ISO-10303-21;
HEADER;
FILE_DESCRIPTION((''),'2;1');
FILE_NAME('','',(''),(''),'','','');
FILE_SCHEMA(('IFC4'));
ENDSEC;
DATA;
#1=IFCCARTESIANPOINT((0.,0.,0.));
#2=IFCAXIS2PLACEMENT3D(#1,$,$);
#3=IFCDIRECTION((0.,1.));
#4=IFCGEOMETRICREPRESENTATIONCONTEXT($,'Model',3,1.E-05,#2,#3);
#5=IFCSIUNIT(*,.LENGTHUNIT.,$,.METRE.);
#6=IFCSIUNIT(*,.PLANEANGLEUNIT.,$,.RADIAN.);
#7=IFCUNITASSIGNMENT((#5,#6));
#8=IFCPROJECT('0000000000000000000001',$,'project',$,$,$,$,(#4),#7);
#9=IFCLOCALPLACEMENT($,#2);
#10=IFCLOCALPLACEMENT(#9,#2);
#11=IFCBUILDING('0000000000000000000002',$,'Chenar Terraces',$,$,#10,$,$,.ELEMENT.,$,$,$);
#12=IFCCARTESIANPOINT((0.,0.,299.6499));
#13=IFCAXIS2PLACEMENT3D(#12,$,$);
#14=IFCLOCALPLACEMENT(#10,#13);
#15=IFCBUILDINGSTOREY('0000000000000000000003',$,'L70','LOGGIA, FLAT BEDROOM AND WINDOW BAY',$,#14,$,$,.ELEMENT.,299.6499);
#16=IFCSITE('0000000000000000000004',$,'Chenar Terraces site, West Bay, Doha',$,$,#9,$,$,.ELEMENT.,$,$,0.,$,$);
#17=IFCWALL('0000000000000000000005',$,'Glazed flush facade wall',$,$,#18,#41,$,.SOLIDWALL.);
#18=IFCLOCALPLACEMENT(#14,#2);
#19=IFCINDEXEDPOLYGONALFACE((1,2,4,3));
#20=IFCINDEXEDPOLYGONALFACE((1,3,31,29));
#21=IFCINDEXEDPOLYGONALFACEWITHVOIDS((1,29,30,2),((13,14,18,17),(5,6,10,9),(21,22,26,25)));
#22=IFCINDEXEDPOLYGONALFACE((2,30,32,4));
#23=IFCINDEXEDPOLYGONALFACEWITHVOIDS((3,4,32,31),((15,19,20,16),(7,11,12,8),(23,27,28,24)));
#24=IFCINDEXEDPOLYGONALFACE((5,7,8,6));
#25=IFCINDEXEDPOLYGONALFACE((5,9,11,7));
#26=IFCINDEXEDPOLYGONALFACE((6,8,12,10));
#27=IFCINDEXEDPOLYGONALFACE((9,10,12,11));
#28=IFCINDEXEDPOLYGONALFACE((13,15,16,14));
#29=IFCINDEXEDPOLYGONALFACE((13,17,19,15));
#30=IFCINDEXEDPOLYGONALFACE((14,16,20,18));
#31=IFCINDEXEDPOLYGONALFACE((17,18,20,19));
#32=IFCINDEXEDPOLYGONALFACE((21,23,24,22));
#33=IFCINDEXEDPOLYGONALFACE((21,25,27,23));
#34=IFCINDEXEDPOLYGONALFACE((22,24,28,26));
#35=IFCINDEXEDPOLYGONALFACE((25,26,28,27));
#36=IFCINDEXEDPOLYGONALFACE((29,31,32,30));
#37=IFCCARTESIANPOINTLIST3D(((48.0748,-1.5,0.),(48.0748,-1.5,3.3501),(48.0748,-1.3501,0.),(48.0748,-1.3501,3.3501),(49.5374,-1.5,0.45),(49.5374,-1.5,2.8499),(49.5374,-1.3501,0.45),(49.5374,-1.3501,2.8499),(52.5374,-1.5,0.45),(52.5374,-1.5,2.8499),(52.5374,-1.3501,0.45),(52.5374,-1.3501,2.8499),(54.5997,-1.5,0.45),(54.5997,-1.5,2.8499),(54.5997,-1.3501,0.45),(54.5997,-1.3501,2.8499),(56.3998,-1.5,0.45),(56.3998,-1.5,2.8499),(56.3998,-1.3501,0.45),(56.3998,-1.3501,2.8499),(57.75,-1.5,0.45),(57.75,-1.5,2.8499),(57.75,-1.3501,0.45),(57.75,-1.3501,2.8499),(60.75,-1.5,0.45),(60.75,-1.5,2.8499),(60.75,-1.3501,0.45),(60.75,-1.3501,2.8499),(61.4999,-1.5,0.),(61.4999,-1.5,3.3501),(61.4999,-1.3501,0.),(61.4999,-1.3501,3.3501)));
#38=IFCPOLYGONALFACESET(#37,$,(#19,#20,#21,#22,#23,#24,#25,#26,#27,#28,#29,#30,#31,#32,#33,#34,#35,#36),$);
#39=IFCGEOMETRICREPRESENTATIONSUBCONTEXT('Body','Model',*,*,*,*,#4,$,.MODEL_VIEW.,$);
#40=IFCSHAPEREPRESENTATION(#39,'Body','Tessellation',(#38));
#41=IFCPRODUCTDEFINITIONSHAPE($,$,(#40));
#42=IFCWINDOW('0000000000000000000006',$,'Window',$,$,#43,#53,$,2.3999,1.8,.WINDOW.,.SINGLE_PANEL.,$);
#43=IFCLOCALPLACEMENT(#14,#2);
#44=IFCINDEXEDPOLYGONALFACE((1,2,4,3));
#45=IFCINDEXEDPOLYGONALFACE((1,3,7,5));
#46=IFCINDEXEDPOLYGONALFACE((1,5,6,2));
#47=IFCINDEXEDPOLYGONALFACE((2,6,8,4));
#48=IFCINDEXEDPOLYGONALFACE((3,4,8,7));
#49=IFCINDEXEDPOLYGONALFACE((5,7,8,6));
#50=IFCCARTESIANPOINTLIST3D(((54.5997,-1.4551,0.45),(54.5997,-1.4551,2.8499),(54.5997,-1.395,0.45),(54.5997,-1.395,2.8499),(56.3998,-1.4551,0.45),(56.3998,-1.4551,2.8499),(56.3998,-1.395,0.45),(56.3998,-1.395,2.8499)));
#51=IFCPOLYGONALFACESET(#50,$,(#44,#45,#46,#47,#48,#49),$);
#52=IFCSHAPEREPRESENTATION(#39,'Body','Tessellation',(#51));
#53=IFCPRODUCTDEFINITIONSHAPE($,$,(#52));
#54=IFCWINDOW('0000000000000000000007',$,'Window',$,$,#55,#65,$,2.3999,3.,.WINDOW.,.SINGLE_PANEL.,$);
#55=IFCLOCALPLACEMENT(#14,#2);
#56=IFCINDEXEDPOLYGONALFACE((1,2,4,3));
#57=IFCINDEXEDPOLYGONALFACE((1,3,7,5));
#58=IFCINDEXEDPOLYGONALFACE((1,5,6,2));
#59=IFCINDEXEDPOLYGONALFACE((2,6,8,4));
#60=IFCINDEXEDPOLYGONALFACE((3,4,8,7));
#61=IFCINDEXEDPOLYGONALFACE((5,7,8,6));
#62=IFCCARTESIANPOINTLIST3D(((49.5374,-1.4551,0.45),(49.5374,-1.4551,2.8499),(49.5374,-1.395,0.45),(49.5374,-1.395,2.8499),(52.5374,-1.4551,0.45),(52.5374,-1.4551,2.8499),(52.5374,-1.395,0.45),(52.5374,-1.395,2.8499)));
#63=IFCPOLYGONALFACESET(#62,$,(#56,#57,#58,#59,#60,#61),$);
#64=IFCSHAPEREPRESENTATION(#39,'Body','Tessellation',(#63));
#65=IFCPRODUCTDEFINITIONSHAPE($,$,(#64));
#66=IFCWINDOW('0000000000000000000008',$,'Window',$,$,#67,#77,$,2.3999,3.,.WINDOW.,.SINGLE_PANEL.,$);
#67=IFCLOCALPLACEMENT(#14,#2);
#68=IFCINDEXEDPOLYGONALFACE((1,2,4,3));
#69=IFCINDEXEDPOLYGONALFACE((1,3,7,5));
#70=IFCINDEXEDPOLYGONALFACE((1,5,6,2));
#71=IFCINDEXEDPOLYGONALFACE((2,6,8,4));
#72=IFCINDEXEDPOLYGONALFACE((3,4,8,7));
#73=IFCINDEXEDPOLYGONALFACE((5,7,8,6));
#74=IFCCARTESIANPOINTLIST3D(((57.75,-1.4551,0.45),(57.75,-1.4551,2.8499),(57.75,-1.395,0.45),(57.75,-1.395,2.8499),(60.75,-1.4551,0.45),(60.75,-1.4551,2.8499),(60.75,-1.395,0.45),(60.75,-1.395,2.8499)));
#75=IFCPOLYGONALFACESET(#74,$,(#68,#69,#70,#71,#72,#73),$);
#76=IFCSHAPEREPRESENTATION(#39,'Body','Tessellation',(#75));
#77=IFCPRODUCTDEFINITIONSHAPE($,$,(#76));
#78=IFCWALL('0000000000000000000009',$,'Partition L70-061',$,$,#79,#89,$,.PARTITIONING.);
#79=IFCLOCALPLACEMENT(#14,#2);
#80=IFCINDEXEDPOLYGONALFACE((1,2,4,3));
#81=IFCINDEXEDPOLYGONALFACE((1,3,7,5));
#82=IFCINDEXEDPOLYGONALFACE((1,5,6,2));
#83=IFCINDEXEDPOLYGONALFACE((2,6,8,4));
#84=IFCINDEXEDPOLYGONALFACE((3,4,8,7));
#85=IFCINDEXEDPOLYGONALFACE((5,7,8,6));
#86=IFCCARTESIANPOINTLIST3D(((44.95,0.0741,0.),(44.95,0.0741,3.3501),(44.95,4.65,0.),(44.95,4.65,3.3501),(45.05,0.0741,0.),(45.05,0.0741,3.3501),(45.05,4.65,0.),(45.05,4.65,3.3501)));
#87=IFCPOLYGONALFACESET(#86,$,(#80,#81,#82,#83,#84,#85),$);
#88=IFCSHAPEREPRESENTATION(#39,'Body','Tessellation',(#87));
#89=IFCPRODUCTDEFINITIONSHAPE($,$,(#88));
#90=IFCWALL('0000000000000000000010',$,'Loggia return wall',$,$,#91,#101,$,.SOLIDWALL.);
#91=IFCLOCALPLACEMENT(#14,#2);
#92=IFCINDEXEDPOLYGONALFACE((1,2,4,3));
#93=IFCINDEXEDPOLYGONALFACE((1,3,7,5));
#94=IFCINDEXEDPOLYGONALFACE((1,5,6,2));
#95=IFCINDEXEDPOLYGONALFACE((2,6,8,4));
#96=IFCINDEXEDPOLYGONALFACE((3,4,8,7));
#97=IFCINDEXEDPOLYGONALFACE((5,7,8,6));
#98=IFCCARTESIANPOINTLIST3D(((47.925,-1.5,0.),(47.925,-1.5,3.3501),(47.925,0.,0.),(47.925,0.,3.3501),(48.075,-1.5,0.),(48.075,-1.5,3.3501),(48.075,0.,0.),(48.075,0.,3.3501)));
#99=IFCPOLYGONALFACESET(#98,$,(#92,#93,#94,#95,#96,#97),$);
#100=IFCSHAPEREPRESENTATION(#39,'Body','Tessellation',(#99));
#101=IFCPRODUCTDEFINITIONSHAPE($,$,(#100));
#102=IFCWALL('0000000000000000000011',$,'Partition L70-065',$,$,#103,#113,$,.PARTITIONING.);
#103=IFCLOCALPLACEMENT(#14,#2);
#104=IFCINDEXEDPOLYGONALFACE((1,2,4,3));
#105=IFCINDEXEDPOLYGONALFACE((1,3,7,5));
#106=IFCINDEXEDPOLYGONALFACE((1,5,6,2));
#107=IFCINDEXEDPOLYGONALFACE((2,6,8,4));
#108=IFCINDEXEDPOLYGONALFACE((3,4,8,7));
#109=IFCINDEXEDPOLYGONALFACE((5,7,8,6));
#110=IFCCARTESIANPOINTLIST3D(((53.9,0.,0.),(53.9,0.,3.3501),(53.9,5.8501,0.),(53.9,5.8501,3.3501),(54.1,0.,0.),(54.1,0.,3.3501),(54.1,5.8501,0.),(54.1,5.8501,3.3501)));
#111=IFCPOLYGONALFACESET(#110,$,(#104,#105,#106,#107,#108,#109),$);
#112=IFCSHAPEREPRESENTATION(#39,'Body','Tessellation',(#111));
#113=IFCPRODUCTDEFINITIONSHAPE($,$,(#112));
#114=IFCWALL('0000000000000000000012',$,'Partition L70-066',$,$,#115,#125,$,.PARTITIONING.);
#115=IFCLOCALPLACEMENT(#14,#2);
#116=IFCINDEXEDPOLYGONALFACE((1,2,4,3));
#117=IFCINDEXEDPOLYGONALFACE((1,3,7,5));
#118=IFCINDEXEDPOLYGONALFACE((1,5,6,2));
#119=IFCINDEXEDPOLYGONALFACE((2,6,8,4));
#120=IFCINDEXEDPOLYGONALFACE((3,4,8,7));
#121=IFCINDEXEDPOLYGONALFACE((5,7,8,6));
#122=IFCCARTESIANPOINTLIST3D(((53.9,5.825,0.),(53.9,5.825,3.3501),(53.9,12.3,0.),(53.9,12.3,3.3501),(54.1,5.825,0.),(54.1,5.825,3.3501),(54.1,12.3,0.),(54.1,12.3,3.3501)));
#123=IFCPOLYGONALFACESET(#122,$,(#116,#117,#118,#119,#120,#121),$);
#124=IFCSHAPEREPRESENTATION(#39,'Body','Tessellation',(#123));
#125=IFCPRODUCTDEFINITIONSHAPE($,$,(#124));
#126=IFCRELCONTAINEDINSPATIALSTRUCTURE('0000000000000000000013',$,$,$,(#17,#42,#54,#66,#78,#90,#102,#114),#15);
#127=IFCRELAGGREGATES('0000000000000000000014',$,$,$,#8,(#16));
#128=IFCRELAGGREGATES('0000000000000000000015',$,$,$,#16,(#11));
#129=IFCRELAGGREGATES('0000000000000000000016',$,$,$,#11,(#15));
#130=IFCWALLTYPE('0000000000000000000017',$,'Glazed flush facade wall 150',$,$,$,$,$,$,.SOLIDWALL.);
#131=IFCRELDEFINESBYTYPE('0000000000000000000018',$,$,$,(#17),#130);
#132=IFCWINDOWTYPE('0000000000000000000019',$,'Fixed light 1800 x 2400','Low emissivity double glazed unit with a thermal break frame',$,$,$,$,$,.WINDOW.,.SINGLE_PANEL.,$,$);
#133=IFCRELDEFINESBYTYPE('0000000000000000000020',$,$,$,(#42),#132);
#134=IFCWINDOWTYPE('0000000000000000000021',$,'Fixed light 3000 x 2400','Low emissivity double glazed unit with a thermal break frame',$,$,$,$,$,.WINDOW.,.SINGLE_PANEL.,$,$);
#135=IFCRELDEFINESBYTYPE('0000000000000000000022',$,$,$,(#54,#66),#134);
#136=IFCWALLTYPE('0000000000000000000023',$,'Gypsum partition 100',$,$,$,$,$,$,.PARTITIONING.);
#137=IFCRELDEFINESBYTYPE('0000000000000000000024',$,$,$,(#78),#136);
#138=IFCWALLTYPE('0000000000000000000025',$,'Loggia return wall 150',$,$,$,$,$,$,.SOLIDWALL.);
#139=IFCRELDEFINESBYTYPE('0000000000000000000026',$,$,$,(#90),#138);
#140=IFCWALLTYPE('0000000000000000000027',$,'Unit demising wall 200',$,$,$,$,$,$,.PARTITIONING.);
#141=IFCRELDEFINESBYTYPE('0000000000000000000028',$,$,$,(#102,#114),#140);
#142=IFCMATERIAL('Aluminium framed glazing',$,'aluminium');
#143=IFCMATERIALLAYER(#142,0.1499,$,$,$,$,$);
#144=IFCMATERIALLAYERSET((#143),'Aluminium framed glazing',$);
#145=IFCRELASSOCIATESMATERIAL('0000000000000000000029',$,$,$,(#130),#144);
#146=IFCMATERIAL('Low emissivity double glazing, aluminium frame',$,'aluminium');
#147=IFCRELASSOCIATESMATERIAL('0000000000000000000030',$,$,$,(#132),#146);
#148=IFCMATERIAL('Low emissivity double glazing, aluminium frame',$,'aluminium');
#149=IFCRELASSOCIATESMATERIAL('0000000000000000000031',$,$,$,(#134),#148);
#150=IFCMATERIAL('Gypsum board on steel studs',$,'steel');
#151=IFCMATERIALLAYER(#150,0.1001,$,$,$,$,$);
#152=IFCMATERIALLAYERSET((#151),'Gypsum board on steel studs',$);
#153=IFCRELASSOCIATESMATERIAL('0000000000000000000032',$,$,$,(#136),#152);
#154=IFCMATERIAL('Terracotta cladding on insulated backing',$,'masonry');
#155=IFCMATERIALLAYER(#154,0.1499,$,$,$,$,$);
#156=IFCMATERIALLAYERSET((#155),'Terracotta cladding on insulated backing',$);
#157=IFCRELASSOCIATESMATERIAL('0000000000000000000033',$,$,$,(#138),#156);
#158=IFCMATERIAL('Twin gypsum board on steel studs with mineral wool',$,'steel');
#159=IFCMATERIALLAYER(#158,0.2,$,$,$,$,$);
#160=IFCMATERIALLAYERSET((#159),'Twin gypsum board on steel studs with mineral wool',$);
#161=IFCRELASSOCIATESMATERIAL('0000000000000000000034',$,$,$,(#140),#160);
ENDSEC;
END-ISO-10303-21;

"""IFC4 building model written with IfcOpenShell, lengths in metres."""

from ifc_helpers import new_model, si_unit, direction, frame, frame_2d, origin, place, context, subcontext, project, spatial, rectangle, extrude, material, layer, layer_set, type_object, element, fill, save


model = new_model("IFC4")

# Units and contexts
model_context = context("Model", 3, precision=1e-05, world=origin(), true_north=direction((0.0, 1.0)))
body_context = subcontext(model_context, "Body", "Model", "MODEL_VIEW")
ifc_project = project(units=[si_unit("LENGTHUNIT", "METRE"), si_unit("PLANEANGLEUNIT", "RADIAN")], contexts=[model_context])

# Site, building, storey
site_placement = place(None, origin())
site = spatial("IfcSite", under=ifc_project, at=site_placement, Name="Chenar Terraces site, West Bay, Doha", CompositionType="ELEMENT", RefElevation=0.0)
building_placement = place(site_placement, origin())
building = spatial("IfcBuilding", under=site, at=building_placement, Name="Chenar Terraces", CompositionType="ELEMENT")
storey_placement = place(building_placement, frame((0.0, 0.0, 299.6499)))
storey = spatial("IfcBuildingStorey", under=building, at=storey_placement, Name="L70", Description="LOGGIA, FLAT BEDROOM AND WINDOW BAY", CompositionType="ELEMENT", Elevation=299.6499)

# Wall, openings, windows
ifc_material_1 = material(Name="Aluminium framed glazing", Category="aluminium")
ifc_layer_1 = layer(ifc_material_1, 0.1499)
ifc_layer_set_1 = layer_set([ifc_layer_1], Name="Aluminium framed glazing")
wall_type_1 = type_object("IfcWallType", Name="Glazed flush facade wall 150", PredefinedType="SOLIDWALL", material=ifc_layer_set_1)
wall_1_placement = place(storey_placement, frame((48.075, -1.425, 0.0), z_axis=(0.0, 0.0, 1.0), x_axis=(1.0, 0.0, 0.0)))
wall_1 = element("IfcWall", 1, at=wall_1_placement, inside=storey, type_object=wall_type_1, Name="Glazed flush facade wall", PredefinedType="SOLIDWALL", context=body_context, shape_type="SweptSolid", body=[
    extrude(rectangle(XDim=13.425, YDim=0.1499, at=frame_2d((6.7124, 0.0))), origin(), (0.0, 0.0, 1.0), 3.3501),
])
opening_1_placement = place(wall_1_placement, frame((1.4624, 0.0, 0.45)))
opening_1 = element("IfcOpeningElement", 2, at=opening_1_placement, cuts=wall_1, PredefinedType="OPENING", context=body_context, shape_type="SweptSolid", body=[
    extrude(rectangle(XDim=3.0, YDim=2.3999, at=frame_2d((1.5, 1.2))), frame((0.0, 0.085, 0.0), z_axis=(0.0, -1.0, 0.0), x_axis=(1.0, 0.0, 0.0)), (0.0, 0.0, 1.0), 0.1699),
])
opening_2_placement = place(wall_1_placement, frame((6.5249, 0.0, 0.45)))
opening_2 = element("IfcOpeningElement", 3, at=opening_2_placement, cuts=wall_1, PredefinedType="OPENING", context=body_context, shape_type="SweptSolid", body=[
    extrude(rectangle(XDim=1.8, YDim=2.3999, at=frame_2d((0.8999, 1.2))), frame((0.0, 0.085, 0.0), z_axis=(0.0, -1.0, 0.0), x_axis=(1.0, 0.0, 0.0)), (0.0, 0.0, 1.0), 0.1699),
])
opening_3_placement = place(wall_1_placement, frame((9.675, 0.0, 0.45)))
opening_3 = element("IfcOpeningElement", 4, at=opening_3_placement, cuts=wall_1, PredefinedType="OPENING", context=body_context, shape_type="SweptSolid", body=[
    extrude(rectangle(XDim=3.0, YDim=2.3999, at=frame_2d((1.5, 1.2))), frame((0.0, 0.085, 0.0), z_axis=(0.0, -1.0, 0.0), x_axis=(1.0, 0.0, 0.0)), (0.0, 0.0, 1.0), 0.1699),
])
ifc_material_2 = material(Name="Low emissivity double glazing, aluminium frame", Category="aluminium")
window_type_1 = type_object("IfcWindowType", Name="Fixed light 1800 x 2400", Description="Low emissivity double glazed unit with a thermal break frame", PartitioningType="SINGLE_PANEL", PredefinedType="WINDOW", material=ifc_material_2)
window_1_placement = place(opening_2_placement, origin())
window_1 = element("IfcWindow", 5, at=window_1_placement, inside=storey, type_object=window_type_1, Name="Window", OverallHeight=2.3999, OverallWidth=1.8, PartitioningType="SINGLE_PANEL", PredefinedType="WINDOW", context=body_context, shape_type="SweptSolid", body=[
    extrude(rectangle(XDim=1.8, YDim=2.3999, at=frame_2d((0.8999, 1.2))), frame((0.0, 0.03, 0.0), z_axis=(0.0, -1.0, 0.0), x_axis=(1.0, 0.0, 0.0)), (0.0, 0.0, 1.0), 0.0601),
])
fill(opening_2, window_1)
ifc_material_3 = material(Name="Low emissivity double glazing, aluminium frame", Category="aluminium")
window_type_2 = type_object("IfcWindowType", Name="Fixed light 3000 x 2400", Description="Low emissivity double glazed unit with a thermal break frame", PartitioningType="SINGLE_PANEL", PredefinedType="WINDOW", material=ifc_material_3)
window_2_placement = place(opening_1_placement, origin())
window_2 = element("IfcWindow", 6, at=window_2_placement, inside=storey, type_object=window_type_2, Name="Window", OverallHeight=2.3999, OverallWidth=3.0, PartitioningType="SINGLE_PANEL", PredefinedType="WINDOW", context=body_context, shape_type="SweptSolid", body=[
    extrude(rectangle(XDim=3.0, YDim=2.3999, at=frame_2d((1.5, 1.2))), frame((0.0, 0.03, 0.0), z_axis=(0.0, -1.0, 0.0), x_axis=(1.0, 0.0, 0.0)), (0.0, 0.0, 1.0), 0.0601),
])
fill(opening_1, window_2)
window_3_placement = place(opening_3_placement, origin())
window_3 = element("IfcWindow", 7, at=window_3_placement, inside=storey, type_object=window_type_2, Name="Window", OverallHeight=2.3999, OverallWidth=3.0, PartitioningType="SINGLE_PANEL", PredefinedType="WINDOW", context=body_context, shape_type="SweptSolid", body=[
    extrude(rectangle(XDim=3.0, YDim=2.3999, at=frame_2d((1.5, 1.2))), frame((0.0, 0.03, 0.0), z_axis=(0.0, -1.0, 0.0), x_axis=(1.0, 0.0, 0.0)), (0.0, 0.0, 1.0), 0.0601),
])
fill(opening_3, window_3)

# Walls
ifc_material_4 = material(Name="Gypsum board on steel studs", Category="steel")
ifc_layer_2 = layer(ifc_material_4, 0.1001)
ifc_layer_set_2 = layer_set([ifc_layer_2], Name="Gypsum board on steel studs")
wall_type_2 = type_object("IfcWallType", Name="Gypsum partition 100", PredefinedType="PARTITIONING", material=ifc_layer_set_2)
wall_2_placement = place(storey_placement, frame((45.0, 0.074, 0.0), z_axis=(0.0, 0.0, 1.0), x_axis=(0.0, 1.0, 0.0)))
element("IfcWall", 8, at=wall_2_placement, inside=storey, type_object=wall_type_2, Name="Partition L70-061", PredefinedType="PARTITIONING", context=body_context, shape_type="SweptSolid", body=[
    extrude(rectangle(XDim=4.5759, YDim=0.1001, at=frame_2d((2.2881, 0.0))), origin(), (0.0, 0.0, 1.0), 3.3501),
])
ifc_material_5 = material(Name="Terracotta cladding on insulated backing", Category="masonry")
ifc_layer_3 = layer(ifc_material_5, 0.1499)
ifc_layer_set_3 = layer_set([ifc_layer_3], Name="Terracotta cladding on insulated backing")
wall_type_3 = type_object("IfcWallType", Name="Loggia return wall 150", PredefinedType="SOLIDWALL", material=ifc_layer_set_3)
wall_3_placement = place(storey_placement, frame((48.0, -1.5, 0.0), z_axis=(0.0, 0.0, 1.0), x_axis=(0.0, 1.0, 0.0)))
element("IfcWall", 9, at=wall_3_placement, inside=storey, type_object=wall_type_3, Name="Loggia return wall", PredefinedType="SOLIDWALL", context=body_context, shape_type="SweptSolid", body=[
    extrude(rectangle(XDim=1.5, YDim=0.1499, at=frame_2d((0.75, 0.0))), origin(), (0.0, 0.0, 1.0), 3.3501),
])
ifc_material_6 = material(Name="Twin gypsum board on steel studs with mineral wool", Category="steel")
ifc_layer_4 = layer(ifc_material_6, 0.2)
ifc_layer_set_4 = layer_set([ifc_layer_4], Name="Twin gypsum board on steel studs with mineral wool")
wall_type_4 = type_object("IfcWallType", Name="Unit demising wall 200", PredefinedType="PARTITIONING", material=ifc_layer_set_4)
wall_4_placement = place(storey_placement, frame((54.0, 0.0, 0.0), z_axis=(0.0, 0.0, 1.0), x_axis=(0.0, 1.0, 0.0)))
element("IfcWall", 10, at=wall_4_placement, inside=storey, type_object=wall_type_4, Name="Partition L70-065", PredefinedType="PARTITIONING", context=body_context, shape_type="SweptSolid", body=[
    extrude(rectangle(XDim=5.8501, YDim=0.2, at=frame_2d((2.925, 0.0))), origin(), (0.0, 0.0, 1.0), 3.3501),
])
wall_5_placement = place(storey_placement, frame((54.0, 5.825, 0.0), z_axis=(0.0, 0.0, 1.0), x_axis=(0.0, 1.0, 0.0)))
element("IfcWall", 11, at=wall_5_placement, inside=storey, type_object=wall_type_4, Name="Partition L70-066", PredefinedType="PARTITIONING", context=body_context, shape_type="SweptSolid", body=[
    extrude(rectangle(XDim=6.4751, YDim=0.2, at=frame_2d((3.2375, 0.0))), origin(), (0.0, 0.0, 1.0), 3.3501),
])

save(model, "model.ifc")
